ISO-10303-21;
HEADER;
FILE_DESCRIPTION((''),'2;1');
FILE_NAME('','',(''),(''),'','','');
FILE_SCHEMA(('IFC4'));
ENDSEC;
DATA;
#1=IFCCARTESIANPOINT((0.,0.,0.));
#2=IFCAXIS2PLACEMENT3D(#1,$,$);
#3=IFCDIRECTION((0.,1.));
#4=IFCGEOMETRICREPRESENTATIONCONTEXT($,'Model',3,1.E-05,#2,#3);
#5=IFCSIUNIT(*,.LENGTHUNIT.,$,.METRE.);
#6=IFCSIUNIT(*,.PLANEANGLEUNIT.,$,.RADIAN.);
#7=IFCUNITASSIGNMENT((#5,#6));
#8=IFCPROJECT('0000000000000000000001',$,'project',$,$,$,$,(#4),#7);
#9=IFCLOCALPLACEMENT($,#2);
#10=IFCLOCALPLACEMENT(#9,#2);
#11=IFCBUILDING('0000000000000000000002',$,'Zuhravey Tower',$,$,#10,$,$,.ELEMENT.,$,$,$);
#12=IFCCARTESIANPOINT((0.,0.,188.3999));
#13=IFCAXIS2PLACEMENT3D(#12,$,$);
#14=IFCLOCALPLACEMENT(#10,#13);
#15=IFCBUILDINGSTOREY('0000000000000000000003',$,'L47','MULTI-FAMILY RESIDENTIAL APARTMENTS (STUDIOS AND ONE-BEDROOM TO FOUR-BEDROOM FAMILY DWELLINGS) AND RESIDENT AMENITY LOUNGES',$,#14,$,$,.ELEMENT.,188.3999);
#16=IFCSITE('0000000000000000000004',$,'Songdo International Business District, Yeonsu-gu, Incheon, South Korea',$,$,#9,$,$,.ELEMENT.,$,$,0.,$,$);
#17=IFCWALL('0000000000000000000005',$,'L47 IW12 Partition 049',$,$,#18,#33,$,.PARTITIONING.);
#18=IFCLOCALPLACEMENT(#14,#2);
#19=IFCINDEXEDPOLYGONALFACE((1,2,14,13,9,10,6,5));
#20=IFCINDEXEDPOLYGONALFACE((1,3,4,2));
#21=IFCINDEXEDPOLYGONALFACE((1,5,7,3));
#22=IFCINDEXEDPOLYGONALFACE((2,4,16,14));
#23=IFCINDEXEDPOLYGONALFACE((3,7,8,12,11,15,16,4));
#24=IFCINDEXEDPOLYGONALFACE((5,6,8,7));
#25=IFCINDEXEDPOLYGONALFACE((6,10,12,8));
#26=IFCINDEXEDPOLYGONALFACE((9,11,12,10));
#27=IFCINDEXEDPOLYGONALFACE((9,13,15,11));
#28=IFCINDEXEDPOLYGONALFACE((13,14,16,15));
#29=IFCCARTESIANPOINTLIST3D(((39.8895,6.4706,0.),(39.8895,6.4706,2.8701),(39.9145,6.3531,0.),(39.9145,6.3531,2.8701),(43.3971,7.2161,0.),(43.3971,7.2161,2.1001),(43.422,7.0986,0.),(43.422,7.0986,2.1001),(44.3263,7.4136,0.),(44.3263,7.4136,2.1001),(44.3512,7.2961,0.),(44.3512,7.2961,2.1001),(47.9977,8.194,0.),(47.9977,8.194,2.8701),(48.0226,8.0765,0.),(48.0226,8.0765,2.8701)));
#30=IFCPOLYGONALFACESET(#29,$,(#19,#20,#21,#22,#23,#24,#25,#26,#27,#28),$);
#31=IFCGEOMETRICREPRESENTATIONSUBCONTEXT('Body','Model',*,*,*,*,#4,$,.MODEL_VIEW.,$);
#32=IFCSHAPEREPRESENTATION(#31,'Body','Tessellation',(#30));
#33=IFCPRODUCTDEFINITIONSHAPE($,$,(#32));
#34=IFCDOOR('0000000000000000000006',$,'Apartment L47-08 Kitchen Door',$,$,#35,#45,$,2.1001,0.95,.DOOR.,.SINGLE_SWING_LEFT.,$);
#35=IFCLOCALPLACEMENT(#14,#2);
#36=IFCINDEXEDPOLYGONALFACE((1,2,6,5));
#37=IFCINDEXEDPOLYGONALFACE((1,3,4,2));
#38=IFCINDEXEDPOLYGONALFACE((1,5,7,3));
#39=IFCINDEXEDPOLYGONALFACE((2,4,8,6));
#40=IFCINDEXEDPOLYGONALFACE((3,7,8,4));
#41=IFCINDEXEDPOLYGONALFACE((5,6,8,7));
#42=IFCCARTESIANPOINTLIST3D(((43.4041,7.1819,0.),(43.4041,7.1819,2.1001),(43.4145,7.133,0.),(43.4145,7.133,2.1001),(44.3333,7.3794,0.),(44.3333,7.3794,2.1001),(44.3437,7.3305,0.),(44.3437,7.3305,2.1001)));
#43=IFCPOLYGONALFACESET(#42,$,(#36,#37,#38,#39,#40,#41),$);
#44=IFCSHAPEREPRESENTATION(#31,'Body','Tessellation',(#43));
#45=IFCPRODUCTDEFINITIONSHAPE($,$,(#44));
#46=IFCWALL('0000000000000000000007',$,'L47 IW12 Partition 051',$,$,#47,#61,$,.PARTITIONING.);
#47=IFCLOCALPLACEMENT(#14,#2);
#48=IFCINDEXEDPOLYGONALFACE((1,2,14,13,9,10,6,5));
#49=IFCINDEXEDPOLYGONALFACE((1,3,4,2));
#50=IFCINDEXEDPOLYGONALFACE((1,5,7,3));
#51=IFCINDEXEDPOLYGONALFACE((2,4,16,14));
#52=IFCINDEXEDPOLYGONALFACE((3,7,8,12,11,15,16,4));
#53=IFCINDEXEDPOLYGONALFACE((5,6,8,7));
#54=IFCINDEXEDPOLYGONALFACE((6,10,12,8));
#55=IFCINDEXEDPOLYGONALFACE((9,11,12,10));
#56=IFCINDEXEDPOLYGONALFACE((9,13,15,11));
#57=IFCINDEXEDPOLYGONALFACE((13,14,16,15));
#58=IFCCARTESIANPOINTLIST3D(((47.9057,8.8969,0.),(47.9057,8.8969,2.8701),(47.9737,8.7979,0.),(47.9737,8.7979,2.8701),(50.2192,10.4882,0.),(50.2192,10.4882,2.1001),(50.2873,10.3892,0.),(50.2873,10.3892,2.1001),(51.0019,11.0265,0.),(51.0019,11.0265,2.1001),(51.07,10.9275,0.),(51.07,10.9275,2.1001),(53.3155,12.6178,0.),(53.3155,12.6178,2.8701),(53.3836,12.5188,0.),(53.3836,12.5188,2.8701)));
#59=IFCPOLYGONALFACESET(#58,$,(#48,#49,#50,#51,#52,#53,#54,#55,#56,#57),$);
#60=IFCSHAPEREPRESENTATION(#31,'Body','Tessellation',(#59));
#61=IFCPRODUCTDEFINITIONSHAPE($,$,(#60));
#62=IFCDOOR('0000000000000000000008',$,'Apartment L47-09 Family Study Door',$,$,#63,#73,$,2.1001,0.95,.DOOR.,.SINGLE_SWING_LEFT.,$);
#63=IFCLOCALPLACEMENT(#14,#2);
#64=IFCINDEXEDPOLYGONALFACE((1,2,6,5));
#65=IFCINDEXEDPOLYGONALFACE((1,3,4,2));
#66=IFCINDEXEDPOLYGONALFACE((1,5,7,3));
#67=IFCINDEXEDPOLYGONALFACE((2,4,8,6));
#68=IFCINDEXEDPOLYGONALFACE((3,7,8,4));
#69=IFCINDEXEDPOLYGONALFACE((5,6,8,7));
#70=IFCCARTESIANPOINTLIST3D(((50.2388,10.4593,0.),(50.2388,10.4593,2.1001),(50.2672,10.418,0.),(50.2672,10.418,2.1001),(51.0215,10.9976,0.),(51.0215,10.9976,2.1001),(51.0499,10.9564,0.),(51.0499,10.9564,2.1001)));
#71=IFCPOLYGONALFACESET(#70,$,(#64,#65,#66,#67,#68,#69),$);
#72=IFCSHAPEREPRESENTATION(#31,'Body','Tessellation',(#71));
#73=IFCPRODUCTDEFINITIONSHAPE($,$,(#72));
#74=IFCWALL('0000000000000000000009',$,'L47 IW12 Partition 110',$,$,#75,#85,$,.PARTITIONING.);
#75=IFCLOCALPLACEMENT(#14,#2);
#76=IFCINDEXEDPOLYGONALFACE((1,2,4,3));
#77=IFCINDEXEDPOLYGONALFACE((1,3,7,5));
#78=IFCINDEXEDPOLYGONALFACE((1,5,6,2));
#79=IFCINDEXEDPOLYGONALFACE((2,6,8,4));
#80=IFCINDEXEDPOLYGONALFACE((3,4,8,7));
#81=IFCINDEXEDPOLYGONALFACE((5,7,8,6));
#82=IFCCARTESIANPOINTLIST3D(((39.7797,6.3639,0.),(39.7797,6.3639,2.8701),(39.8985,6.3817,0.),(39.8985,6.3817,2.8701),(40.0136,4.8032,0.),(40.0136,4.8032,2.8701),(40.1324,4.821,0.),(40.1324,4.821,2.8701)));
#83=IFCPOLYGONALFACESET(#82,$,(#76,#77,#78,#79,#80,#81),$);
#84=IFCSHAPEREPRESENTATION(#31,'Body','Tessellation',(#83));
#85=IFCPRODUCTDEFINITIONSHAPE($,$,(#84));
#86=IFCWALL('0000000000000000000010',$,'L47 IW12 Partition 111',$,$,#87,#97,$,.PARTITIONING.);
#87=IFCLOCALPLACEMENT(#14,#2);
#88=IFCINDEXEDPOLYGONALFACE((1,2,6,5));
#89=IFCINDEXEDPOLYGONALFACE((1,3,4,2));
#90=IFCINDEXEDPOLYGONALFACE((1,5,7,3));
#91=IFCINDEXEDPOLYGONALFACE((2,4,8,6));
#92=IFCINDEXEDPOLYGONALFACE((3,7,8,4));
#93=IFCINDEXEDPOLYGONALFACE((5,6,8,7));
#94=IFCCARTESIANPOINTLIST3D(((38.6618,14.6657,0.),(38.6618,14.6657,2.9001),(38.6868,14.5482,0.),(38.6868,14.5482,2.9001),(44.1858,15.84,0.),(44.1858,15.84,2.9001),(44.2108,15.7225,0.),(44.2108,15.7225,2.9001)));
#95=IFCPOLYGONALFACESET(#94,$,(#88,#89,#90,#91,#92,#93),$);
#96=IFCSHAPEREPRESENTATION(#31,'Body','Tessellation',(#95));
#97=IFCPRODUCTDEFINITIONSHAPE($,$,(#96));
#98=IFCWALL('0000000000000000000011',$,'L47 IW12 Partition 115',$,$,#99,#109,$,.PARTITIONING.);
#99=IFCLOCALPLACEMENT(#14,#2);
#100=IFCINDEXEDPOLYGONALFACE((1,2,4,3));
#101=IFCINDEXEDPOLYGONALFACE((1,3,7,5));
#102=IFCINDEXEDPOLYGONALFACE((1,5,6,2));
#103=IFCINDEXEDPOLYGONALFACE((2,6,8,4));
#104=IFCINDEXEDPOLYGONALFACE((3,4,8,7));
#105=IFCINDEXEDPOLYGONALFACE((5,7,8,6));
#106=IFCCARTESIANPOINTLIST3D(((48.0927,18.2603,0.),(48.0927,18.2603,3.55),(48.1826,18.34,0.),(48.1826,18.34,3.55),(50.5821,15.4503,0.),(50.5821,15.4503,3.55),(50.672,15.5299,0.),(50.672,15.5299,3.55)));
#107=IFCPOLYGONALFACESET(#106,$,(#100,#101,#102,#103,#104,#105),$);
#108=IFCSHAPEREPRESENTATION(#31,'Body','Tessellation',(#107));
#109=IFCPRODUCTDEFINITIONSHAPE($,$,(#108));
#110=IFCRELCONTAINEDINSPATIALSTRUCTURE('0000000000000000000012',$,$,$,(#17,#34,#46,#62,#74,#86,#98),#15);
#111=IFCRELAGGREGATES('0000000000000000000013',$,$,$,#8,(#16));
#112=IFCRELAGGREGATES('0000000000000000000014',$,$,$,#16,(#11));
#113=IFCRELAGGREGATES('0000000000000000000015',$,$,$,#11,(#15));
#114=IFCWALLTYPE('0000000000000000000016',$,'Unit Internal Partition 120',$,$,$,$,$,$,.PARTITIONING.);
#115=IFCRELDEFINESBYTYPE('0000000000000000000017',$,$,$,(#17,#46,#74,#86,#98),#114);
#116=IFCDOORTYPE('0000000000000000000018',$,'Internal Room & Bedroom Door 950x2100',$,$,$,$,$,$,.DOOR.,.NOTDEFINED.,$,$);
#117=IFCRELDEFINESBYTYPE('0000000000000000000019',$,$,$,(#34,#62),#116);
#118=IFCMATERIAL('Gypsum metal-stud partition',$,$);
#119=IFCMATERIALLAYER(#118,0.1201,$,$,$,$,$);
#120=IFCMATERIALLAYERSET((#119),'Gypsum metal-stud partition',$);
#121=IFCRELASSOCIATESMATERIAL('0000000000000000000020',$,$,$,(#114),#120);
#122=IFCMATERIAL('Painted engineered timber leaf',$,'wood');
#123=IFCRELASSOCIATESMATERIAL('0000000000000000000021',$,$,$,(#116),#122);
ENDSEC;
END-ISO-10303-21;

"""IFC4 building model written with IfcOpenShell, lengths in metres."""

from ifc_helpers import new_model, si_unit, direction, frame, frame_2d, origin, place, context, subcontext, project, spatial, rectangle, extrude, material, layer, layer_set, type_object, element, fill, save


model = new_model("IFC4")

# Units and contexts
model_context = context("Model", 3, precision=1e-05, world=origin(), true_north=direction((0.0, 1.0)))
body_context = subcontext(model_context, "Body", "Model", "MODEL_VIEW")
ifc_project = project(units=[si_unit("LENGTHUNIT", "METRE"), si_unit("PLANEANGLEUNIT", "RADIAN")], contexts=[model_context])

# Site, building, storey
site_placement = place(None, origin())
site = spatial("IfcSite", under=ifc_project, at=site_placement, Name="Songdo International Business District, Yeonsu-gu, Incheon, South Korea", CompositionType="ELEMENT", RefElevation=0.0)
building_placement = place(site_placement, origin())
building = spatial("IfcBuilding", under=site, at=building_placement, Name="Zuhravey Tower", CompositionType="ELEMENT")
storey_placement = place(building_placement, frame((0.0, 0.0, 188.3999)))
storey = spatial("IfcBuildingStorey", under=building, at=storey_placement, Name="L47", Description="MULTI-FAMILY RESIDENTIAL APARTMENTS (STUDIOS AND ONE-BEDROOM TO FOUR-BEDROOM FAMILY DWELLINGS) AND RESIDENT AMENITY LOUNGES", CompositionType="ELEMENT", Elevation=188.3999)

# Walls, openings, doors
ifc_material_1 = material(Name="Gypsum metal-stud partition")
ifc_layer_1 = layer(ifc_material_1, 0.1201)
ifc_layer_set_1 = layer_set([ifc_layer_1], Name="Gypsum metal-stud partition")
wall_type_1 = type_object("IfcWallType", Name="Unit Internal Partition 120", PredefinedType="PARTITIONING", material=ifc_layer_set_1)
ifc_material_2 = material(Name="Painted engineered timber leaf", Category="wood")
door_type_1 = type_object("IfcDoorType", Name="Internal Room & Bedroom Door 950x2100", OperationType="NOTDEFINED", PredefinedType="DOOR", material=ifc_material_2)
wall_1_placement = place(storey_placement, frame((39.9021, 6.4119, 0.0), z_axis=(0.0, 0.0, 1.0), x_axis=(0.978149, 0.207906, 0.0)))
wall_1 = element("IfcWall", 1, at=wall_1_placement, inside=storey, type_object=wall_type_1, Name="L47 IW12 Partition 049", PredefinedType="PARTITIONING", context=body_context, shape_type="SweptSolid", body=[
    extrude(rectangle(XDim=8.2893, YDim=0.1201, at=frame_2d((4.1445, 0.0))), origin(), (0.0, 0.0, 1.0), 2.8701),
])
opening_1_placement = place(wall_1_placement, frame((3.5857, 0.0, 0.0)))
opening_1 = element("IfcOpeningElement", 2, at=opening_1_placement, cuts=wall_1, PredefinedType="OPENING", context=body_context, shape_type="SweptSolid", body=[
    extrude(rectangle(XDim=0.95, YDim=2.1001, at=frame_2d((0.4751, 1.05))), frame((0.0, 0.072, 0.0), z_axis=(0.0, -1.0, 0.0), x_axis=(1.0, 0.0, 0.0)), (0.0, 0.0, 1.0), 0.144),
])
door_1_placement = place(opening_1_placement, frame((0.95, 0.0, 0.0), z_axis=(0.0, 0.0, 1.0), x_axis=(-1.0, 0.0, 0.0)))
door_1 = element("IfcDoor", 3, at=door_1_placement, inside=storey, type_object=door_type_1, Name="Apartment L47-08 Kitchen Door", OperationType="SINGLE_SWING_LEFT", OverallHeight=2.1001, OverallWidth=0.95, PredefinedType="DOOR", context=body_context, shape_type="SweptSolid", body=[
    extrude(rectangle(XDim=0.95, YDim=2.1001, at=frame_2d((0.4751, 1.05))), frame((0.0, 0.0249, 0.0), z_axis=(0.0, -1.0, 0.0), x_axis=(1.0, 0.0, 0.0)), (0.0, 0.0, 1.0), 0.05),
])
fill(opening_1, door_1)
wall_2_placement = place(storey_placement, frame((47.9397, 8.8474, 0.0), z_axis=(0.0, 0.0, 1.0), x_axis=(0.823926, 0.566698, 0.0)))
wall_2 = element("IfcWall", 4, at=wall_2_placement, inside=storey, type_object=wall_type_1, Name="L47 IW12 Partition 051", PredefinedType="PARTITIONING", context=body_context, shape_type="SweptSolid", body=[
    extrude(rectangle(XDim=6.5659, YDim=0.1201, at=frame_2d((3.283, 0.0))), origin(), (0.0, 0.0, 1.0), 2.8701),
])
opening_2_placement = place(wall_2_placement, frame((2.8079, 0.0, 0.0)))
opening_2 = element("IfcOpeningElement", 5, at=opening_2_placement, cuts=wall_2, PredefinedType="OPENING", context=body_context, shape_type="SweptSolid", body=[
    extrude(rectangle(XDim=0.95, YDim=2.1001, at=frame_2d((0.4751, 1.05))), frame((0.0, 0.072, 0.0), z_axis=(0.0, -1.0, 0.0), x_axis=(1.0, 0.0, 0.0)), (0.0, 0.0, 1.0), 0.144),
])
door_2_placement = place(opening_2_placement, frame((0.95, 0.0, 0.0), z_axis=(0.0, 0.0, 1.0), x_axis=(-1.0, 0.0, 0.0)))
door_2 = element("IfcDoor", 6, at=door_2_placement, inside=storey, type_object=door_type_1, Name="Apartment L47-09 Family Study Door", OperationType="SINGLE_SWING_LEFT", OverallHeight=2.1001, OverallWidth=0.95, PredefinedType="DOOR", context=body_context, shape_type="SweptSolid", body=[
    extrude(rectangle(XDim=0.95, YDim=2.1001, at=frame_2d((0.4751, 1.05))), frame((0.0, 0.0249, 0.0), z_axis=(0.0, -1.0, 0.0), x_axis=(1.0, 0.0, 0.0)), (0.0, 0.0, 1.0), 0.05),
])
fill(opening_2, door_2)

# Walls
wall_3_placement = place(storey_placement, frame((39.8391, 6.3728, 0.0), z_axis=(0.0, 0.0, 1.0), x_axis=(0.148197, -0.988958, 0.0)))
element("IfcWall", 7, at=wall_3_placement, inside=storey, type_object=wall_type_1, Name="L47 IW12 Partition 110", PredefinedType="PARTITIONING", context=body_context, shape_type="SweptSolid", body=[
    extrude(rectangle(XDim=1.5781, YDim=0.1201, at=frame_2d((0.7891, 0.0))), origin(), (0.0, 0.0, 1.0), 2.8701),
])
wall_4_placement = place(storey_placement, frame((38.6743, 14.6069, 0.0), z_axis=(0.0, 0.0, 1.0), x_axis=(0.978141, 0.20794, 0.0)))
element("IfcWall", 8, at=wall_4_placement, inside=storey, type_object=wall_type_1, Name="L47 IW12 Partition 111", PredefinedType="PARTITIONING", context=body_context, shape_type="SweptSolid", body=[
    extrude(rectangle(XDim=5.6475, YDim=0.1201, at=frame_2d((2.8237, 0.0))), origin(), (0.0, 0.0, 1.0), 2.9001),
])
wall_5_placement = place(storey_placement, frame((48.1377, 18.3, 0.0), z_axis=(0.0, 0.0, 1.0), x_axis=(0.663124, -0.74851, 0.0)))
element("IfcWall", 9, at=wall_5_placement, inside=storey, type_object=wall_type_1, Name="L47 IW12 Partition 115", PredefinedType="PARTITIONING", context=body_context, shape_type="SweptSolid", body=[
    extrude(rectangle(XDim=3.7542, YDim=0.1201, at=frame_2d((1.877, 0.0))), origin(), (0.0, 0.0, 1.0), 3.55),
])

save(model, "model.ifc")
